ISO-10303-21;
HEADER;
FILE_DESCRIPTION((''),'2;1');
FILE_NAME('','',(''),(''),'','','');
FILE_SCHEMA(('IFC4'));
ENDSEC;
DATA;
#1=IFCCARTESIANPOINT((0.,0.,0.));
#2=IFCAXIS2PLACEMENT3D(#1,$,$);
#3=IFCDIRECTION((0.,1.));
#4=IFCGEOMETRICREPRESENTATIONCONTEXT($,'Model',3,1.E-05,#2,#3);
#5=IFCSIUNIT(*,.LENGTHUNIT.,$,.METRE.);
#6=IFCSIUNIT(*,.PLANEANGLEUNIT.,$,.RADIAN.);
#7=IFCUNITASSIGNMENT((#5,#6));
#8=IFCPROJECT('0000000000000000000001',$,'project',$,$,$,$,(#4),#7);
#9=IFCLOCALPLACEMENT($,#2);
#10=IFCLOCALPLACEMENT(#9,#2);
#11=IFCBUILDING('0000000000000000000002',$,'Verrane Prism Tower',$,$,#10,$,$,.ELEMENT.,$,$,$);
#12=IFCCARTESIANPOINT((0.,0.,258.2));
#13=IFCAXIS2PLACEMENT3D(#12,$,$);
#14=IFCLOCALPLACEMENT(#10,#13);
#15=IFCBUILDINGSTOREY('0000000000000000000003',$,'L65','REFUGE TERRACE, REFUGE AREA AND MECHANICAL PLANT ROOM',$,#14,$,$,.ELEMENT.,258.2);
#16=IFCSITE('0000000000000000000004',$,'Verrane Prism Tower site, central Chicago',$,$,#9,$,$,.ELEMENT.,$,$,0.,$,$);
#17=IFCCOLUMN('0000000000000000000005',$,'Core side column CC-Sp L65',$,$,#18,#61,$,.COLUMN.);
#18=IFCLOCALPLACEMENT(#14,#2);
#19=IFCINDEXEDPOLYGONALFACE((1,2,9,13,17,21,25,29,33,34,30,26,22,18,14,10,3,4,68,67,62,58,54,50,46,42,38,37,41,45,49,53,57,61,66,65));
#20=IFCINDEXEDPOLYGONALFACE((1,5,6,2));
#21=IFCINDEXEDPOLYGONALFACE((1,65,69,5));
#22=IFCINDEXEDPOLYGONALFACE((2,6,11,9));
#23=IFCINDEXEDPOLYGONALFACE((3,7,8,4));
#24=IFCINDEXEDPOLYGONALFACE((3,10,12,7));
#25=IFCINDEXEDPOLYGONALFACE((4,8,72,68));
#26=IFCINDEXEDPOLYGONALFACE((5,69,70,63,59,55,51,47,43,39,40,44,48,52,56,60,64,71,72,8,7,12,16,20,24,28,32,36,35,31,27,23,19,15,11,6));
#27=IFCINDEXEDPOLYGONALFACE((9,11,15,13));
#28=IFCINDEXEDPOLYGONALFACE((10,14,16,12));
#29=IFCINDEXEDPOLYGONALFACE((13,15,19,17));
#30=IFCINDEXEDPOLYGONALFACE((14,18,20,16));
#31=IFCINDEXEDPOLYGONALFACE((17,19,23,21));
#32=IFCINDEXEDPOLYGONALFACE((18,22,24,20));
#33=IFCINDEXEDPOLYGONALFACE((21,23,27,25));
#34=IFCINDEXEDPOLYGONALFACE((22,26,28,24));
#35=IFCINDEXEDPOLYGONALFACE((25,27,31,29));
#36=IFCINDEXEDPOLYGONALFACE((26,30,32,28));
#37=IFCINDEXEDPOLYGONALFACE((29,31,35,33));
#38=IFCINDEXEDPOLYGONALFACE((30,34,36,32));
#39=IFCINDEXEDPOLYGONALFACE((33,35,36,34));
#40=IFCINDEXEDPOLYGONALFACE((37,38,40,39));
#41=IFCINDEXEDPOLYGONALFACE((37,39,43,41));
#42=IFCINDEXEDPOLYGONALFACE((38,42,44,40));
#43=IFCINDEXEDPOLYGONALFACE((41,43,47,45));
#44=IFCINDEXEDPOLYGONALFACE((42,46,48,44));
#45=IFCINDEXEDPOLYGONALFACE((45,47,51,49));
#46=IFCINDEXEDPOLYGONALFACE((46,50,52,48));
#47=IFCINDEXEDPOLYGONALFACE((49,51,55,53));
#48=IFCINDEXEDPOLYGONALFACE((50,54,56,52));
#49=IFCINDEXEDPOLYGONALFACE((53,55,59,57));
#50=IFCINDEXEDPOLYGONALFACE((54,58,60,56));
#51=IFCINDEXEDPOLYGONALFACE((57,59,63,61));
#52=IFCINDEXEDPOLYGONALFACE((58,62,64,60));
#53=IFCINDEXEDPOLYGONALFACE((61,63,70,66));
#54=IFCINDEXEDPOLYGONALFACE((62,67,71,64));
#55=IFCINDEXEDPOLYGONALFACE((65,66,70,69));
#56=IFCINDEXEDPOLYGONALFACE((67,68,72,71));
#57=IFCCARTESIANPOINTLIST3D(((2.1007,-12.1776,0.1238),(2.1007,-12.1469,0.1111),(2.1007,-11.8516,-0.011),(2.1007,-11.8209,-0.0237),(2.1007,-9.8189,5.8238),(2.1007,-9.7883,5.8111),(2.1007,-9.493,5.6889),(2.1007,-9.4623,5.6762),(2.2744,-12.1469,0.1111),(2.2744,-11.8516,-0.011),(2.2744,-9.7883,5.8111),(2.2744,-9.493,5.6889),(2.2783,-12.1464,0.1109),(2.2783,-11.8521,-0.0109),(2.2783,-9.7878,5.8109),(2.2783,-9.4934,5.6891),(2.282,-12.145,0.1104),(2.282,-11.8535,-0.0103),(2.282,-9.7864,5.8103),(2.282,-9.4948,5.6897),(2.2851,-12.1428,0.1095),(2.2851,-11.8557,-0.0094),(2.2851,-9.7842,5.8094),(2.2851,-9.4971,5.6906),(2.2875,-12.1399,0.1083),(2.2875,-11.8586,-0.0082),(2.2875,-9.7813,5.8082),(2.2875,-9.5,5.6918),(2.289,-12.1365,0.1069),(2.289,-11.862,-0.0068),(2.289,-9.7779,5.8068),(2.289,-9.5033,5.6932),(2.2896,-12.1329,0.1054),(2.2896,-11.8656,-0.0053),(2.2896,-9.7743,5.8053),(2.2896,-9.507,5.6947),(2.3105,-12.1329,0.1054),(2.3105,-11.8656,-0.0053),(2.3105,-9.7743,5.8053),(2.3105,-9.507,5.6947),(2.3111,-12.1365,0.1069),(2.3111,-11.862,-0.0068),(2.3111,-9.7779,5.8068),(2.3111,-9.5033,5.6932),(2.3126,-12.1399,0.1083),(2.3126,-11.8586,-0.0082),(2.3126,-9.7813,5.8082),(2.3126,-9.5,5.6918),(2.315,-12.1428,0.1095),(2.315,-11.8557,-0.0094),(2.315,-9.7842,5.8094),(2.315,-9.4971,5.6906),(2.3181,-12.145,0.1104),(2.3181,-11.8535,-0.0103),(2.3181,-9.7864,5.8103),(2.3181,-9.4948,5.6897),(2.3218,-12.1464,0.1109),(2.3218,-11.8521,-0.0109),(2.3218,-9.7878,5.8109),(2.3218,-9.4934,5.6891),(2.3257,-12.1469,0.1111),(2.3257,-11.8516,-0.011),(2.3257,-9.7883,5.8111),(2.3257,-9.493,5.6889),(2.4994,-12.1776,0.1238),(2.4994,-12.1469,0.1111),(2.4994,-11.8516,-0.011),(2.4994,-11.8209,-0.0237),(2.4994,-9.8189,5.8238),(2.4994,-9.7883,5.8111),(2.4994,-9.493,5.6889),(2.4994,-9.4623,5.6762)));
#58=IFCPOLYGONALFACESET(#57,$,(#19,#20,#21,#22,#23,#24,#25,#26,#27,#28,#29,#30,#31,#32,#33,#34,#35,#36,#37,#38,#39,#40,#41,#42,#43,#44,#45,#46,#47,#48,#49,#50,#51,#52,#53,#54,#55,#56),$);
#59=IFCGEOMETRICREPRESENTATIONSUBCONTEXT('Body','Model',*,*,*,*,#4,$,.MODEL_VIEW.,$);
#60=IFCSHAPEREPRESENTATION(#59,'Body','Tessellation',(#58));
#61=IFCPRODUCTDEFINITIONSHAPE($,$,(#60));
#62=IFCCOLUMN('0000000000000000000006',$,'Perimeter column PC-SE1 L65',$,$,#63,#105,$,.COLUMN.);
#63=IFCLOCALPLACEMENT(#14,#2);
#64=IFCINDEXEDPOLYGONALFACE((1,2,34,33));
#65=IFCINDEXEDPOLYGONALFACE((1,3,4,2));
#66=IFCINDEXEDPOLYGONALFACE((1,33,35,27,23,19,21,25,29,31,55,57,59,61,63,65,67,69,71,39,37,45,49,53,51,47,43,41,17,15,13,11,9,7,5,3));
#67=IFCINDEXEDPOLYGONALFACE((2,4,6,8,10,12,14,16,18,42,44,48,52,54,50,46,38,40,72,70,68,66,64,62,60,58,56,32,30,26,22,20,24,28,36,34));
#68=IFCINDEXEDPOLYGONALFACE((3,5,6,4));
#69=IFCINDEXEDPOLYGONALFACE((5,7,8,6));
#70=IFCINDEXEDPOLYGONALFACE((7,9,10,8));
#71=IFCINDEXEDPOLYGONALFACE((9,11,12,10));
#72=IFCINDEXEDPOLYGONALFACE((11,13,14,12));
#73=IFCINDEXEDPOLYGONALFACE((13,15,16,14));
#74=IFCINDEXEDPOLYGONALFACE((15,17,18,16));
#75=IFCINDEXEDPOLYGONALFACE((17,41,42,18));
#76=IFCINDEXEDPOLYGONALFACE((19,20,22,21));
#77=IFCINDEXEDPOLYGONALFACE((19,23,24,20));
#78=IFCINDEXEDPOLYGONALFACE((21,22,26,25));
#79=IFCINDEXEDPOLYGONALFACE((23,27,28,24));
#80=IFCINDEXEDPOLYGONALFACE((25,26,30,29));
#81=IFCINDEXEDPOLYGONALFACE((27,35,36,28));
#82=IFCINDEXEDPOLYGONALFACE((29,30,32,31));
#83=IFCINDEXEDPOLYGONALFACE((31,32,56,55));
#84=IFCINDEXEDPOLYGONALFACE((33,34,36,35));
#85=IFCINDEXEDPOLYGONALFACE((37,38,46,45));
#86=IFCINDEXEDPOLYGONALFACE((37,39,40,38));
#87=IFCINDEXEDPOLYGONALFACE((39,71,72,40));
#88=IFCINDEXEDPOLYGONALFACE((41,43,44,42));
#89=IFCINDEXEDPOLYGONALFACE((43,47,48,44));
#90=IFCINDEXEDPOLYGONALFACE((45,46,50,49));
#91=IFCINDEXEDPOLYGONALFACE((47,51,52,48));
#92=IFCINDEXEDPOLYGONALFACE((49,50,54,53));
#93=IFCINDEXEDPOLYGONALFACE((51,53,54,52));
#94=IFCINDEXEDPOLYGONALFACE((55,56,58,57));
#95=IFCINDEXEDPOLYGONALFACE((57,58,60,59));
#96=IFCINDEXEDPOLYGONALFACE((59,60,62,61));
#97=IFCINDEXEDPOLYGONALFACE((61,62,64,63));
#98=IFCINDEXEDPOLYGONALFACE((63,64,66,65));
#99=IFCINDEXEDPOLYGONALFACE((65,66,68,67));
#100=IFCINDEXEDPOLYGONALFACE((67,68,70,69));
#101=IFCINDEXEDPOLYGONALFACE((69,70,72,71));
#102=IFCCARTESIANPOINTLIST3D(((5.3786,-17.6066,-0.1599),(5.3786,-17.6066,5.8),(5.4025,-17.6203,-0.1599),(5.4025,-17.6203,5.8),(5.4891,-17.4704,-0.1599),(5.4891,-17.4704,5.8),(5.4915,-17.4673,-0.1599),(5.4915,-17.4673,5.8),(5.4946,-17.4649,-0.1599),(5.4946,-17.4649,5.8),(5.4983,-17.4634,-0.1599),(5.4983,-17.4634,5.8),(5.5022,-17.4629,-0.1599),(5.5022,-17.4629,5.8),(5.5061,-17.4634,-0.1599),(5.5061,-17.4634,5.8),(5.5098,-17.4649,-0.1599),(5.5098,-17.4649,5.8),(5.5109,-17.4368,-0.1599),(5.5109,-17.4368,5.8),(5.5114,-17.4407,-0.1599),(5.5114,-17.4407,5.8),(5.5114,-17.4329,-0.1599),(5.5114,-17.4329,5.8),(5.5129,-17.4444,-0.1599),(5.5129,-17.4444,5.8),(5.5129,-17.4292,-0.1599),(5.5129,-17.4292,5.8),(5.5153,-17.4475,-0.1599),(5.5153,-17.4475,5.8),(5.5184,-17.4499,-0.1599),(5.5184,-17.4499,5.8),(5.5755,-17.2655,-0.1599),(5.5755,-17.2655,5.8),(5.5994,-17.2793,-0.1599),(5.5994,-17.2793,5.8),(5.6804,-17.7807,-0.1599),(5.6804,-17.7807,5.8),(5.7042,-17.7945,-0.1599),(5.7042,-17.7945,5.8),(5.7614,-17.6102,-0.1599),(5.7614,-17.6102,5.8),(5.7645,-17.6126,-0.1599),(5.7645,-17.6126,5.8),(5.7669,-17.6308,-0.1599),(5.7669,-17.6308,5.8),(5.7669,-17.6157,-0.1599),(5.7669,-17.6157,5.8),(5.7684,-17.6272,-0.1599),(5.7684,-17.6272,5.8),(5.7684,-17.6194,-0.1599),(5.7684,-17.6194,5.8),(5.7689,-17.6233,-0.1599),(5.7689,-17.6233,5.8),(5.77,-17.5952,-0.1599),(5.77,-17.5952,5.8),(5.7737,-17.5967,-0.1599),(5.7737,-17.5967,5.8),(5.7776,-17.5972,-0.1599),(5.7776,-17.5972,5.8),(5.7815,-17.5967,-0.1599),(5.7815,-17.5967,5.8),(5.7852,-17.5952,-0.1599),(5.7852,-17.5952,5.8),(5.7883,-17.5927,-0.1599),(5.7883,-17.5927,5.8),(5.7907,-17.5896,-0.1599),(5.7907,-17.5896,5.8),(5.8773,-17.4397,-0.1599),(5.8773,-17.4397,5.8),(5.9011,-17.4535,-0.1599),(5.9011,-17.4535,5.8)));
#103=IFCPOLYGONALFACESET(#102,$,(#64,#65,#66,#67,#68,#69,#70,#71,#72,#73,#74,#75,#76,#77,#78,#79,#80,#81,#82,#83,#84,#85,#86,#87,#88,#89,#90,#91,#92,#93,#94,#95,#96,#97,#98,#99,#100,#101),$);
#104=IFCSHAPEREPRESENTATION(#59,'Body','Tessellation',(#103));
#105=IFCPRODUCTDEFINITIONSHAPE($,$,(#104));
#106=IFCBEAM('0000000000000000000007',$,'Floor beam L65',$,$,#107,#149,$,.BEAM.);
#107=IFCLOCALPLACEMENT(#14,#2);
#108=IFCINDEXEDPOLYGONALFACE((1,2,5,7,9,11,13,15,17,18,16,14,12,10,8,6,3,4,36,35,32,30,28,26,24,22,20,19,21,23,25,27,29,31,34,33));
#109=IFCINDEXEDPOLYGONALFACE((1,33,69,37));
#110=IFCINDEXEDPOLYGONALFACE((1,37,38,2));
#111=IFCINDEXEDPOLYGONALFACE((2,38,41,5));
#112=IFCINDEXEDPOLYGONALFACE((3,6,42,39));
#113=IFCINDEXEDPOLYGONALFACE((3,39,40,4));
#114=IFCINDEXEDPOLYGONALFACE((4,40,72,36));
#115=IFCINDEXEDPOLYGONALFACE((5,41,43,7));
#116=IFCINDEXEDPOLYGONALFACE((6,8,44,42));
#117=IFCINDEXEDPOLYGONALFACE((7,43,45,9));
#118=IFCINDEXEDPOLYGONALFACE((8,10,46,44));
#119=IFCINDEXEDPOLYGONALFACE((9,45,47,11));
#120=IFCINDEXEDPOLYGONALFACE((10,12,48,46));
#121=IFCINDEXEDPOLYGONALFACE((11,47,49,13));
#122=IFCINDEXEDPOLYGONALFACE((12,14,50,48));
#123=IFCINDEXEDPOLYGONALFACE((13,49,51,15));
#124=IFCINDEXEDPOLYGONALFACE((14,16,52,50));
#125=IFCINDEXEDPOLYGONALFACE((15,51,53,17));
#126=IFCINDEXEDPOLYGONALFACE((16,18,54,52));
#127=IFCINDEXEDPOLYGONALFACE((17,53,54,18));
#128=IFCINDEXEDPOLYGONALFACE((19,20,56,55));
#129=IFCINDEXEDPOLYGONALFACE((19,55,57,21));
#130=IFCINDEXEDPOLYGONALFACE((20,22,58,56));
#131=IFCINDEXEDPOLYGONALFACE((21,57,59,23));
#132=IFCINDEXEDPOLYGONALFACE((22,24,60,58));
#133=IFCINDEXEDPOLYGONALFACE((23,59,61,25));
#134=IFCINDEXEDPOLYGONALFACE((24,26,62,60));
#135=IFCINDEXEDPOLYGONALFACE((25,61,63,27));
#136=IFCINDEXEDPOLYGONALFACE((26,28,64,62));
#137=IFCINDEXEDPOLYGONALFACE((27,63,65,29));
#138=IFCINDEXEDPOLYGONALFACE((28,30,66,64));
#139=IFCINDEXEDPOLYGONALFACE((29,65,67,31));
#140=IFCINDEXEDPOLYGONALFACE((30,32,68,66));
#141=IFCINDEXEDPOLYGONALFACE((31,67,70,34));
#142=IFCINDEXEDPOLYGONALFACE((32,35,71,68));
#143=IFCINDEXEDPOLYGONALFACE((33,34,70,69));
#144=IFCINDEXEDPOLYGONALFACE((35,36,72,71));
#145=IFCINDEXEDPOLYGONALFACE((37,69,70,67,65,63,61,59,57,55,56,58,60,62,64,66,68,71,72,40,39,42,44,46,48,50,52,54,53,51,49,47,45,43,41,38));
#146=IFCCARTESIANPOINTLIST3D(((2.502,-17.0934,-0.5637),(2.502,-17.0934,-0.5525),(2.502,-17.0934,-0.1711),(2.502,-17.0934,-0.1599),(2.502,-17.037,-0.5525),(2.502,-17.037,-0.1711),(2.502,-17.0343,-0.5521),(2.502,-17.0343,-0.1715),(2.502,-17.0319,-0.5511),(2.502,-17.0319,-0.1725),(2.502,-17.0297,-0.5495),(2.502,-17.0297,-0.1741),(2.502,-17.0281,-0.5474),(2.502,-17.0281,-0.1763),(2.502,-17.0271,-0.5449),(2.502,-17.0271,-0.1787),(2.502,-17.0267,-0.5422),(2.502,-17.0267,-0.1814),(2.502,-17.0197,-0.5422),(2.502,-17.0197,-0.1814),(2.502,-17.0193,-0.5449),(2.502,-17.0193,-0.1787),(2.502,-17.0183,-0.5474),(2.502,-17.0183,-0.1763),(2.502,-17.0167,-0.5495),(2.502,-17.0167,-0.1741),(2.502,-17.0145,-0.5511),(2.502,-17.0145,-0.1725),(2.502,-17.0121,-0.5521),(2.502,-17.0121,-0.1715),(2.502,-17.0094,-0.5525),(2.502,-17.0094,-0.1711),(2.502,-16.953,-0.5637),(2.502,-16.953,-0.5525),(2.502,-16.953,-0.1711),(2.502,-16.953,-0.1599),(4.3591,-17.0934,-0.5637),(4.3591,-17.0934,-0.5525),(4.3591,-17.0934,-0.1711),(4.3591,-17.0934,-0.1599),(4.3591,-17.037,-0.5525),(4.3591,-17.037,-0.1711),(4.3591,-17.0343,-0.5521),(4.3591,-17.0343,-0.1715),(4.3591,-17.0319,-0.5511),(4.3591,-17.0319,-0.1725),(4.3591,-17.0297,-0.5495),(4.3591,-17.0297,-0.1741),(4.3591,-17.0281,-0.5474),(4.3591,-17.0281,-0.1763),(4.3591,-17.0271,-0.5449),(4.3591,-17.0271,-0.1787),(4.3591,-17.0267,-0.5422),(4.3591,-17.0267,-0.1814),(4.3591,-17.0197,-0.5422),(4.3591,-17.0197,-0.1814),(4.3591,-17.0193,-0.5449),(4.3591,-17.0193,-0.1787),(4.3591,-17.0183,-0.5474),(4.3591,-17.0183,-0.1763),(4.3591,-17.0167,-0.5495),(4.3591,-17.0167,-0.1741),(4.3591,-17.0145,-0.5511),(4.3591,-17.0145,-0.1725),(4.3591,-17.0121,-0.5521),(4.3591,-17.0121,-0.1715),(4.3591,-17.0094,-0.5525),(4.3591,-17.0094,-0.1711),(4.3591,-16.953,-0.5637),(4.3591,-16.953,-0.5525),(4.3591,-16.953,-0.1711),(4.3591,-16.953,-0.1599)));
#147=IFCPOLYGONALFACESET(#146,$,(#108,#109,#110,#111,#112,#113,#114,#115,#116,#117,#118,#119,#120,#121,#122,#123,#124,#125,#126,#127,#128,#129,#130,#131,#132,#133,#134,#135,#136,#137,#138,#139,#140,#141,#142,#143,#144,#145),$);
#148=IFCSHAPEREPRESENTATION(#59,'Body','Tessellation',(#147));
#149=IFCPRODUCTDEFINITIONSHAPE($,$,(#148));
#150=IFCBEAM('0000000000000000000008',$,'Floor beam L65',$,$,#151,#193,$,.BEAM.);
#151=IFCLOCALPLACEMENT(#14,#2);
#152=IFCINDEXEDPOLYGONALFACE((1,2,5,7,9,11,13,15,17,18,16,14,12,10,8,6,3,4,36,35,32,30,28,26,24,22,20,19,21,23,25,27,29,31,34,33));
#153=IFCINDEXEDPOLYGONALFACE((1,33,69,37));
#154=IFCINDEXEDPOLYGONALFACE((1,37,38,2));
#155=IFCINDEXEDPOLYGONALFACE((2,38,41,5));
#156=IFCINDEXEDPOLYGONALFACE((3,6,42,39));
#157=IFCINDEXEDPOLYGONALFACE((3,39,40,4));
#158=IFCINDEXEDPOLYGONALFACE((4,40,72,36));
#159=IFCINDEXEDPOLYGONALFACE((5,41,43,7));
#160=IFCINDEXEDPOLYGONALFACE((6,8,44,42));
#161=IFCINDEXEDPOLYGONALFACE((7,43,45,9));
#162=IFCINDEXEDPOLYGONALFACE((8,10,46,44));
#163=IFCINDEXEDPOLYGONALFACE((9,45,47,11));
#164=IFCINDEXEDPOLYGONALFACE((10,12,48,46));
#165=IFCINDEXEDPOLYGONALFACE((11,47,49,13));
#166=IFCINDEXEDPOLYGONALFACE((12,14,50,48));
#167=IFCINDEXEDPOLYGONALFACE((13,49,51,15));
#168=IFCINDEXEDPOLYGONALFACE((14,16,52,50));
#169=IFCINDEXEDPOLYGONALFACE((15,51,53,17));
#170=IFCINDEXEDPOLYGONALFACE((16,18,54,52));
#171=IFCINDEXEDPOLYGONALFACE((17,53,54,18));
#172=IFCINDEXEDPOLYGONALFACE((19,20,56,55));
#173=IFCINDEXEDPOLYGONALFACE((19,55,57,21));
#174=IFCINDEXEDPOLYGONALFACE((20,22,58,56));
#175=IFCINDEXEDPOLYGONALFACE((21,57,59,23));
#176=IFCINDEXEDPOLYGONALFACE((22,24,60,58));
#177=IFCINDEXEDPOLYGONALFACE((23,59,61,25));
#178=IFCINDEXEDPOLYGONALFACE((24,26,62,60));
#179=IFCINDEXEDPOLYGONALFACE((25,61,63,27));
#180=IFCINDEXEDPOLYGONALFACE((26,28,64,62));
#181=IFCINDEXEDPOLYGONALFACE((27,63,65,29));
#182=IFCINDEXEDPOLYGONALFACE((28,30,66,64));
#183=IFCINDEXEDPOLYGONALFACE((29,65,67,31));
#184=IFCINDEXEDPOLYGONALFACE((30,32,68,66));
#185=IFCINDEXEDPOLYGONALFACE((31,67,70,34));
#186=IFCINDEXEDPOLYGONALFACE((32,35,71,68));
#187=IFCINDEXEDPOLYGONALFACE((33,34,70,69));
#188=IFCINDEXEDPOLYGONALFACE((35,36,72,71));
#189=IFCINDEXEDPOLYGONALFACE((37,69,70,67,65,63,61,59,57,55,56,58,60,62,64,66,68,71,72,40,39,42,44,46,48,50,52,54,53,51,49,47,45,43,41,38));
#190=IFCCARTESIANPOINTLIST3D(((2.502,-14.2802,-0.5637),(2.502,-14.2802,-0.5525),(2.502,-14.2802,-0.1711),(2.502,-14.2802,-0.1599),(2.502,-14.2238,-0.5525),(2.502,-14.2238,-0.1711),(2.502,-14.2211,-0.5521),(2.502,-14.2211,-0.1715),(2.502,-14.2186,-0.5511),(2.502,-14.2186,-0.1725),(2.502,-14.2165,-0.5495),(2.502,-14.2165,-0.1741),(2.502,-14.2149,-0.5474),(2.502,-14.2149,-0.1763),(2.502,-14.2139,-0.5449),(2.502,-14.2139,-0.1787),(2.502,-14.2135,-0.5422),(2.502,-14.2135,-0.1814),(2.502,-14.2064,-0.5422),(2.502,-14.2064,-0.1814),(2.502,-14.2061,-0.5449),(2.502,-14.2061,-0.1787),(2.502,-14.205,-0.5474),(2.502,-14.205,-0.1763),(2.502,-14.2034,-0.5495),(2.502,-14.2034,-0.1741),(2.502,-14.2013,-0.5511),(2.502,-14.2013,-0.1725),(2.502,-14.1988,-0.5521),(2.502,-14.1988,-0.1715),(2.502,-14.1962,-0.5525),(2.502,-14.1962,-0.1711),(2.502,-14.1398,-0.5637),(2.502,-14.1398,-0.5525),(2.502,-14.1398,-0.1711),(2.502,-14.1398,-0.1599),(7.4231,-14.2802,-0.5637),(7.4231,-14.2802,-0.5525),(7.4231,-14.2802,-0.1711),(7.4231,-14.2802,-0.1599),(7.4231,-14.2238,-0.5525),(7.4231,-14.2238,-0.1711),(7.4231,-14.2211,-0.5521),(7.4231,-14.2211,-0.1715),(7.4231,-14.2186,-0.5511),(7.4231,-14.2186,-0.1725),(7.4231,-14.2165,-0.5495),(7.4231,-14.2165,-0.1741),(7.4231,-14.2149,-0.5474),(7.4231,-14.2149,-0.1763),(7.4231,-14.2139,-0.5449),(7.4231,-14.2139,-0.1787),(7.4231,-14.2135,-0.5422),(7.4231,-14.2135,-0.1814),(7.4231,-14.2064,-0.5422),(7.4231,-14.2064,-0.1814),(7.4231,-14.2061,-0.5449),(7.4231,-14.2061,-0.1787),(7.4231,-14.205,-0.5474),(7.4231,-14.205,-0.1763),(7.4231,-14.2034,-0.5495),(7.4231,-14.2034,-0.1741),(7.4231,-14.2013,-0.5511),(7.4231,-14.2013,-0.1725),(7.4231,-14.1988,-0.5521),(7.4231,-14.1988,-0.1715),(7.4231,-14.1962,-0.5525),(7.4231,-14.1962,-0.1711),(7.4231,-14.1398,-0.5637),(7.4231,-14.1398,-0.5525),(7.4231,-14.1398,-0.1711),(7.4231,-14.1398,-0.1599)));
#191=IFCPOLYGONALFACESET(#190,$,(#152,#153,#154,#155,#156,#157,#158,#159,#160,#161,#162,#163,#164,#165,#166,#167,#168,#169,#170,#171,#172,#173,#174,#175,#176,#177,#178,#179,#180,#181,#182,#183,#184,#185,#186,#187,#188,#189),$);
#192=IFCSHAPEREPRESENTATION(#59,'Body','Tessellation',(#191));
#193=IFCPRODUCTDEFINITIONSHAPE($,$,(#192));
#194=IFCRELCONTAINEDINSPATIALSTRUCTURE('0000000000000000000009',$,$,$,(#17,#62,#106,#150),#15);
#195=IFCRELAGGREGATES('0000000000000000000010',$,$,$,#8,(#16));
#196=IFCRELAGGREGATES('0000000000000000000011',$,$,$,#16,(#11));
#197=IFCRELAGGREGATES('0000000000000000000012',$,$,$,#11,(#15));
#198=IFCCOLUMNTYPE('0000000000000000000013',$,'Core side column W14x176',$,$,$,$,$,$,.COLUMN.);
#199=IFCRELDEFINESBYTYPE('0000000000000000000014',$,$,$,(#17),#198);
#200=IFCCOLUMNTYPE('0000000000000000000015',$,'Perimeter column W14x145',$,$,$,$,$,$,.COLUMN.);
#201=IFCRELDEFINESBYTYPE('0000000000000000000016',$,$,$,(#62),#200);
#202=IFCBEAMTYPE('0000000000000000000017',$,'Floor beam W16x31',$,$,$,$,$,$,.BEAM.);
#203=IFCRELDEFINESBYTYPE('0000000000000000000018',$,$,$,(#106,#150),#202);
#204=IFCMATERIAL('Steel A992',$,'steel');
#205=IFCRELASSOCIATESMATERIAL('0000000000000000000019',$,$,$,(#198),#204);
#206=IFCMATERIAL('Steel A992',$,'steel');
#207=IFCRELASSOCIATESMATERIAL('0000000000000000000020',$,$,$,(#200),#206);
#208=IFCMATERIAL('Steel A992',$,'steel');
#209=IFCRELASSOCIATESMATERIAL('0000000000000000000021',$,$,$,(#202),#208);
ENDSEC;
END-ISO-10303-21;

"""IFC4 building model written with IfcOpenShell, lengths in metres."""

from ifc_helpers import new_model, si_unit, direction, frame, origin, origin_2d, place, context, subcontext, project, spatial, i_section, extrude, material, material_profile, profile_set, type_object, element, save


model = new_model("IFC4")

# Units and contexts
model_context = context("Model", 3, precision=1e-05, world=origin(), true_north=direction((0.0, 1.0)))
body_context = subcontext(model_context, "Body", "Model", "MODEL_VIEW")
ifc_project = project(units=[si_unit("LENGTHUNIT", "METRE"), si_unit("PLANEANGLEUNIT", "RADIAN")], contexts=[model_context])

# Site, building, storey
site_placement = place(None, origin())
site = spatial("IfcSite", under=ifc_project, at=site_placement, Name="Verrane Prism Tower site, central Chicago", CompositionType="ELEMENT", RefElevation=0.0)
building_placement = place(site_placement, origin())
building = spatial("IfcBuilding", under=site, at=building_placement, Name="Verrane Prism Tower", CompositionType="ELEMENT")
storey_placement = place(building_placement, frame((0.0, 0.0, 258.2)))
storey = spatial("IfcBuildingStorey", under=building, at=storey_placement, Name="L65", Description="REFUGE TERRACE, REFUGE AREA AND MECHANICAL PLANT ROOM", CompositionType="ELEMENT", Elevation=258.2)

# Columns
ifc_material_1 = material(Name="Steel A992", Category="steel")
ifc_material_profile_1 = material_profile(ifc_material_1, i_section(OverallWidth=0.3987, OverallDepth=0.386, WebThickness=0.021, FlangeThickness=0.0332, FilletRadius=0.0151, at=origin_2d()), Name="W14x176")
ifc_profile_set_1 = profile_set([ifc_material_profile_1], Name="Steel A992")
column_type_1 = type_object("IfcColumnType", Name="Core side column W14x176", PredefinedType="COLUMN", material=ifc_profile_set_1)
column_1_placement = place(storey_placement, frame((2.3, -11.9993, 0.05), z_axis=(0.0, 0.382358, 0.924014), x_axis=(1.0, 0.0, 0.0)))
element("IfcColumn", 1, at=column_1_placement, inside=storey, type_object=column_type_1, Name="Core side column CC-Sp L65", PredefinedType="COLUMN", context=body_context, shape_type="SweptSolid", body=[
    extrude(i_section(OverallWidth=0.3987, OverallDepth=0.386, WebThickness=0.021, FlangeThickness=0.0332, FilletRadius=0.0151, at=origin_2d()), origin(), (0.0, 0.0, 1.0), 6.1687),
])
ifc_material_2 = material(Name="Steel A992", Category="steel")
ifc_material_profile_2 = material_profile(ifc_material_2, i_section(OverallWidth=0.3938, OverallDepth=0.376, WebThickness=0.0173, FlangeThickness=0.0276, FilletRadius=0.0151, at=origin_2d()), Name="W14x145")
ifc_profile_set_2 = profile_set([ifc_material_profile_2], Name="Steel A992")
column_type_2 = type_object("IfcColumnType", Name="Perimeter column W14x145", PredefinedType="COLUMN", material=ifc_profile_set_2)
column_2_placement = place(storey_placement, frame((5.6399, -17.53, -0.1599), z_axis=(0.0, 0.0, 1.0), x_axis=(-0.5, -0.866025, 0.0)))
element("IfcColumn", 2, at=column_2_placement, inside=storey, type_object=column_type_2, Name="Perimeter column PC-SE1 L65", PredefinedType="COLUMN", context=body_context, shape_type="SweptSolid", body=[
    extrude(i_section(OverallWidth=0.3938, OverallDepth=0.376, WebThickness=0.0173, FlangeThickness=0.0276, FilletRadius=0.0151, at=origin_2d()), origin(), (0.0, 0.0, 1.0), 5.96),
])

# Beams
ifc_material_3 = material(Name="Steel A992", Category="steel")
ifc_material_profile_3 = material_profile(ifc_material_3, i_section(OverallWidth=0.1404, OverallDepth=0.4038, WebThickness=0.0071, FlangeThickness=0.0112, FilletRadius=0.0103, at=origin_2d()), Name="W16x31")
ifc_profile_set_3 = profile_set([ifc_material_profile_3], Name="Steel A992")
beam_type_1 = type_object("IfcBeamType", Name="Floor beam W16x31", PredefinedType="BEAM", material=ifc_profile_set_3)
beam_1_placement = place(storey_placement, frame((2.502, -17.0232, -0.3618), z_axis=(1.0, 0.0, 0.0), x_axis=(0.0, 1.0, 0.0)))
element("IfcBeam", 3, at=beam_1_placement, inside=storey, type_object=beam_type_1, Name="Floor beam L65", PredefinedType="BEAM", context=body_context, shape_type="SweptSolid", body=[
    extrude(i_section(OverallWidth=0.1404, OverallDepth=0.4038, WebThickness=0.0071, FlangeThickness=0.0112, FilletRadius=0.0103, at=origin_2d()), origin(), (0.0, 0.0, 1.0), 1.8572),
])
beam_2_placement = place(storey_placement, frame((2.502, -14.21, -0.3618), z_axis=(1.0, 0.0, 0.0), x_axis=(0.0, 1.0, 0.0)))
element("IfcBeam", 4, at=beam_2_placement, inside=storey, type_object=beam_type_1, Name="Floor beam L65", PredefinedType="BEAM", context=body_context, shape_type="SweptSolid", body=[
    extrude(i_section(OverallWidth=0.1404, OverallDepth=0.4038, WebThickness=0.0071, FlangeThickness=0.0112, FilletRadius=0.0103, at=origin_2d()), origin(), (0.0, 0.0, 1.0), 4.9211),
])

save(model, "model.ifc")
